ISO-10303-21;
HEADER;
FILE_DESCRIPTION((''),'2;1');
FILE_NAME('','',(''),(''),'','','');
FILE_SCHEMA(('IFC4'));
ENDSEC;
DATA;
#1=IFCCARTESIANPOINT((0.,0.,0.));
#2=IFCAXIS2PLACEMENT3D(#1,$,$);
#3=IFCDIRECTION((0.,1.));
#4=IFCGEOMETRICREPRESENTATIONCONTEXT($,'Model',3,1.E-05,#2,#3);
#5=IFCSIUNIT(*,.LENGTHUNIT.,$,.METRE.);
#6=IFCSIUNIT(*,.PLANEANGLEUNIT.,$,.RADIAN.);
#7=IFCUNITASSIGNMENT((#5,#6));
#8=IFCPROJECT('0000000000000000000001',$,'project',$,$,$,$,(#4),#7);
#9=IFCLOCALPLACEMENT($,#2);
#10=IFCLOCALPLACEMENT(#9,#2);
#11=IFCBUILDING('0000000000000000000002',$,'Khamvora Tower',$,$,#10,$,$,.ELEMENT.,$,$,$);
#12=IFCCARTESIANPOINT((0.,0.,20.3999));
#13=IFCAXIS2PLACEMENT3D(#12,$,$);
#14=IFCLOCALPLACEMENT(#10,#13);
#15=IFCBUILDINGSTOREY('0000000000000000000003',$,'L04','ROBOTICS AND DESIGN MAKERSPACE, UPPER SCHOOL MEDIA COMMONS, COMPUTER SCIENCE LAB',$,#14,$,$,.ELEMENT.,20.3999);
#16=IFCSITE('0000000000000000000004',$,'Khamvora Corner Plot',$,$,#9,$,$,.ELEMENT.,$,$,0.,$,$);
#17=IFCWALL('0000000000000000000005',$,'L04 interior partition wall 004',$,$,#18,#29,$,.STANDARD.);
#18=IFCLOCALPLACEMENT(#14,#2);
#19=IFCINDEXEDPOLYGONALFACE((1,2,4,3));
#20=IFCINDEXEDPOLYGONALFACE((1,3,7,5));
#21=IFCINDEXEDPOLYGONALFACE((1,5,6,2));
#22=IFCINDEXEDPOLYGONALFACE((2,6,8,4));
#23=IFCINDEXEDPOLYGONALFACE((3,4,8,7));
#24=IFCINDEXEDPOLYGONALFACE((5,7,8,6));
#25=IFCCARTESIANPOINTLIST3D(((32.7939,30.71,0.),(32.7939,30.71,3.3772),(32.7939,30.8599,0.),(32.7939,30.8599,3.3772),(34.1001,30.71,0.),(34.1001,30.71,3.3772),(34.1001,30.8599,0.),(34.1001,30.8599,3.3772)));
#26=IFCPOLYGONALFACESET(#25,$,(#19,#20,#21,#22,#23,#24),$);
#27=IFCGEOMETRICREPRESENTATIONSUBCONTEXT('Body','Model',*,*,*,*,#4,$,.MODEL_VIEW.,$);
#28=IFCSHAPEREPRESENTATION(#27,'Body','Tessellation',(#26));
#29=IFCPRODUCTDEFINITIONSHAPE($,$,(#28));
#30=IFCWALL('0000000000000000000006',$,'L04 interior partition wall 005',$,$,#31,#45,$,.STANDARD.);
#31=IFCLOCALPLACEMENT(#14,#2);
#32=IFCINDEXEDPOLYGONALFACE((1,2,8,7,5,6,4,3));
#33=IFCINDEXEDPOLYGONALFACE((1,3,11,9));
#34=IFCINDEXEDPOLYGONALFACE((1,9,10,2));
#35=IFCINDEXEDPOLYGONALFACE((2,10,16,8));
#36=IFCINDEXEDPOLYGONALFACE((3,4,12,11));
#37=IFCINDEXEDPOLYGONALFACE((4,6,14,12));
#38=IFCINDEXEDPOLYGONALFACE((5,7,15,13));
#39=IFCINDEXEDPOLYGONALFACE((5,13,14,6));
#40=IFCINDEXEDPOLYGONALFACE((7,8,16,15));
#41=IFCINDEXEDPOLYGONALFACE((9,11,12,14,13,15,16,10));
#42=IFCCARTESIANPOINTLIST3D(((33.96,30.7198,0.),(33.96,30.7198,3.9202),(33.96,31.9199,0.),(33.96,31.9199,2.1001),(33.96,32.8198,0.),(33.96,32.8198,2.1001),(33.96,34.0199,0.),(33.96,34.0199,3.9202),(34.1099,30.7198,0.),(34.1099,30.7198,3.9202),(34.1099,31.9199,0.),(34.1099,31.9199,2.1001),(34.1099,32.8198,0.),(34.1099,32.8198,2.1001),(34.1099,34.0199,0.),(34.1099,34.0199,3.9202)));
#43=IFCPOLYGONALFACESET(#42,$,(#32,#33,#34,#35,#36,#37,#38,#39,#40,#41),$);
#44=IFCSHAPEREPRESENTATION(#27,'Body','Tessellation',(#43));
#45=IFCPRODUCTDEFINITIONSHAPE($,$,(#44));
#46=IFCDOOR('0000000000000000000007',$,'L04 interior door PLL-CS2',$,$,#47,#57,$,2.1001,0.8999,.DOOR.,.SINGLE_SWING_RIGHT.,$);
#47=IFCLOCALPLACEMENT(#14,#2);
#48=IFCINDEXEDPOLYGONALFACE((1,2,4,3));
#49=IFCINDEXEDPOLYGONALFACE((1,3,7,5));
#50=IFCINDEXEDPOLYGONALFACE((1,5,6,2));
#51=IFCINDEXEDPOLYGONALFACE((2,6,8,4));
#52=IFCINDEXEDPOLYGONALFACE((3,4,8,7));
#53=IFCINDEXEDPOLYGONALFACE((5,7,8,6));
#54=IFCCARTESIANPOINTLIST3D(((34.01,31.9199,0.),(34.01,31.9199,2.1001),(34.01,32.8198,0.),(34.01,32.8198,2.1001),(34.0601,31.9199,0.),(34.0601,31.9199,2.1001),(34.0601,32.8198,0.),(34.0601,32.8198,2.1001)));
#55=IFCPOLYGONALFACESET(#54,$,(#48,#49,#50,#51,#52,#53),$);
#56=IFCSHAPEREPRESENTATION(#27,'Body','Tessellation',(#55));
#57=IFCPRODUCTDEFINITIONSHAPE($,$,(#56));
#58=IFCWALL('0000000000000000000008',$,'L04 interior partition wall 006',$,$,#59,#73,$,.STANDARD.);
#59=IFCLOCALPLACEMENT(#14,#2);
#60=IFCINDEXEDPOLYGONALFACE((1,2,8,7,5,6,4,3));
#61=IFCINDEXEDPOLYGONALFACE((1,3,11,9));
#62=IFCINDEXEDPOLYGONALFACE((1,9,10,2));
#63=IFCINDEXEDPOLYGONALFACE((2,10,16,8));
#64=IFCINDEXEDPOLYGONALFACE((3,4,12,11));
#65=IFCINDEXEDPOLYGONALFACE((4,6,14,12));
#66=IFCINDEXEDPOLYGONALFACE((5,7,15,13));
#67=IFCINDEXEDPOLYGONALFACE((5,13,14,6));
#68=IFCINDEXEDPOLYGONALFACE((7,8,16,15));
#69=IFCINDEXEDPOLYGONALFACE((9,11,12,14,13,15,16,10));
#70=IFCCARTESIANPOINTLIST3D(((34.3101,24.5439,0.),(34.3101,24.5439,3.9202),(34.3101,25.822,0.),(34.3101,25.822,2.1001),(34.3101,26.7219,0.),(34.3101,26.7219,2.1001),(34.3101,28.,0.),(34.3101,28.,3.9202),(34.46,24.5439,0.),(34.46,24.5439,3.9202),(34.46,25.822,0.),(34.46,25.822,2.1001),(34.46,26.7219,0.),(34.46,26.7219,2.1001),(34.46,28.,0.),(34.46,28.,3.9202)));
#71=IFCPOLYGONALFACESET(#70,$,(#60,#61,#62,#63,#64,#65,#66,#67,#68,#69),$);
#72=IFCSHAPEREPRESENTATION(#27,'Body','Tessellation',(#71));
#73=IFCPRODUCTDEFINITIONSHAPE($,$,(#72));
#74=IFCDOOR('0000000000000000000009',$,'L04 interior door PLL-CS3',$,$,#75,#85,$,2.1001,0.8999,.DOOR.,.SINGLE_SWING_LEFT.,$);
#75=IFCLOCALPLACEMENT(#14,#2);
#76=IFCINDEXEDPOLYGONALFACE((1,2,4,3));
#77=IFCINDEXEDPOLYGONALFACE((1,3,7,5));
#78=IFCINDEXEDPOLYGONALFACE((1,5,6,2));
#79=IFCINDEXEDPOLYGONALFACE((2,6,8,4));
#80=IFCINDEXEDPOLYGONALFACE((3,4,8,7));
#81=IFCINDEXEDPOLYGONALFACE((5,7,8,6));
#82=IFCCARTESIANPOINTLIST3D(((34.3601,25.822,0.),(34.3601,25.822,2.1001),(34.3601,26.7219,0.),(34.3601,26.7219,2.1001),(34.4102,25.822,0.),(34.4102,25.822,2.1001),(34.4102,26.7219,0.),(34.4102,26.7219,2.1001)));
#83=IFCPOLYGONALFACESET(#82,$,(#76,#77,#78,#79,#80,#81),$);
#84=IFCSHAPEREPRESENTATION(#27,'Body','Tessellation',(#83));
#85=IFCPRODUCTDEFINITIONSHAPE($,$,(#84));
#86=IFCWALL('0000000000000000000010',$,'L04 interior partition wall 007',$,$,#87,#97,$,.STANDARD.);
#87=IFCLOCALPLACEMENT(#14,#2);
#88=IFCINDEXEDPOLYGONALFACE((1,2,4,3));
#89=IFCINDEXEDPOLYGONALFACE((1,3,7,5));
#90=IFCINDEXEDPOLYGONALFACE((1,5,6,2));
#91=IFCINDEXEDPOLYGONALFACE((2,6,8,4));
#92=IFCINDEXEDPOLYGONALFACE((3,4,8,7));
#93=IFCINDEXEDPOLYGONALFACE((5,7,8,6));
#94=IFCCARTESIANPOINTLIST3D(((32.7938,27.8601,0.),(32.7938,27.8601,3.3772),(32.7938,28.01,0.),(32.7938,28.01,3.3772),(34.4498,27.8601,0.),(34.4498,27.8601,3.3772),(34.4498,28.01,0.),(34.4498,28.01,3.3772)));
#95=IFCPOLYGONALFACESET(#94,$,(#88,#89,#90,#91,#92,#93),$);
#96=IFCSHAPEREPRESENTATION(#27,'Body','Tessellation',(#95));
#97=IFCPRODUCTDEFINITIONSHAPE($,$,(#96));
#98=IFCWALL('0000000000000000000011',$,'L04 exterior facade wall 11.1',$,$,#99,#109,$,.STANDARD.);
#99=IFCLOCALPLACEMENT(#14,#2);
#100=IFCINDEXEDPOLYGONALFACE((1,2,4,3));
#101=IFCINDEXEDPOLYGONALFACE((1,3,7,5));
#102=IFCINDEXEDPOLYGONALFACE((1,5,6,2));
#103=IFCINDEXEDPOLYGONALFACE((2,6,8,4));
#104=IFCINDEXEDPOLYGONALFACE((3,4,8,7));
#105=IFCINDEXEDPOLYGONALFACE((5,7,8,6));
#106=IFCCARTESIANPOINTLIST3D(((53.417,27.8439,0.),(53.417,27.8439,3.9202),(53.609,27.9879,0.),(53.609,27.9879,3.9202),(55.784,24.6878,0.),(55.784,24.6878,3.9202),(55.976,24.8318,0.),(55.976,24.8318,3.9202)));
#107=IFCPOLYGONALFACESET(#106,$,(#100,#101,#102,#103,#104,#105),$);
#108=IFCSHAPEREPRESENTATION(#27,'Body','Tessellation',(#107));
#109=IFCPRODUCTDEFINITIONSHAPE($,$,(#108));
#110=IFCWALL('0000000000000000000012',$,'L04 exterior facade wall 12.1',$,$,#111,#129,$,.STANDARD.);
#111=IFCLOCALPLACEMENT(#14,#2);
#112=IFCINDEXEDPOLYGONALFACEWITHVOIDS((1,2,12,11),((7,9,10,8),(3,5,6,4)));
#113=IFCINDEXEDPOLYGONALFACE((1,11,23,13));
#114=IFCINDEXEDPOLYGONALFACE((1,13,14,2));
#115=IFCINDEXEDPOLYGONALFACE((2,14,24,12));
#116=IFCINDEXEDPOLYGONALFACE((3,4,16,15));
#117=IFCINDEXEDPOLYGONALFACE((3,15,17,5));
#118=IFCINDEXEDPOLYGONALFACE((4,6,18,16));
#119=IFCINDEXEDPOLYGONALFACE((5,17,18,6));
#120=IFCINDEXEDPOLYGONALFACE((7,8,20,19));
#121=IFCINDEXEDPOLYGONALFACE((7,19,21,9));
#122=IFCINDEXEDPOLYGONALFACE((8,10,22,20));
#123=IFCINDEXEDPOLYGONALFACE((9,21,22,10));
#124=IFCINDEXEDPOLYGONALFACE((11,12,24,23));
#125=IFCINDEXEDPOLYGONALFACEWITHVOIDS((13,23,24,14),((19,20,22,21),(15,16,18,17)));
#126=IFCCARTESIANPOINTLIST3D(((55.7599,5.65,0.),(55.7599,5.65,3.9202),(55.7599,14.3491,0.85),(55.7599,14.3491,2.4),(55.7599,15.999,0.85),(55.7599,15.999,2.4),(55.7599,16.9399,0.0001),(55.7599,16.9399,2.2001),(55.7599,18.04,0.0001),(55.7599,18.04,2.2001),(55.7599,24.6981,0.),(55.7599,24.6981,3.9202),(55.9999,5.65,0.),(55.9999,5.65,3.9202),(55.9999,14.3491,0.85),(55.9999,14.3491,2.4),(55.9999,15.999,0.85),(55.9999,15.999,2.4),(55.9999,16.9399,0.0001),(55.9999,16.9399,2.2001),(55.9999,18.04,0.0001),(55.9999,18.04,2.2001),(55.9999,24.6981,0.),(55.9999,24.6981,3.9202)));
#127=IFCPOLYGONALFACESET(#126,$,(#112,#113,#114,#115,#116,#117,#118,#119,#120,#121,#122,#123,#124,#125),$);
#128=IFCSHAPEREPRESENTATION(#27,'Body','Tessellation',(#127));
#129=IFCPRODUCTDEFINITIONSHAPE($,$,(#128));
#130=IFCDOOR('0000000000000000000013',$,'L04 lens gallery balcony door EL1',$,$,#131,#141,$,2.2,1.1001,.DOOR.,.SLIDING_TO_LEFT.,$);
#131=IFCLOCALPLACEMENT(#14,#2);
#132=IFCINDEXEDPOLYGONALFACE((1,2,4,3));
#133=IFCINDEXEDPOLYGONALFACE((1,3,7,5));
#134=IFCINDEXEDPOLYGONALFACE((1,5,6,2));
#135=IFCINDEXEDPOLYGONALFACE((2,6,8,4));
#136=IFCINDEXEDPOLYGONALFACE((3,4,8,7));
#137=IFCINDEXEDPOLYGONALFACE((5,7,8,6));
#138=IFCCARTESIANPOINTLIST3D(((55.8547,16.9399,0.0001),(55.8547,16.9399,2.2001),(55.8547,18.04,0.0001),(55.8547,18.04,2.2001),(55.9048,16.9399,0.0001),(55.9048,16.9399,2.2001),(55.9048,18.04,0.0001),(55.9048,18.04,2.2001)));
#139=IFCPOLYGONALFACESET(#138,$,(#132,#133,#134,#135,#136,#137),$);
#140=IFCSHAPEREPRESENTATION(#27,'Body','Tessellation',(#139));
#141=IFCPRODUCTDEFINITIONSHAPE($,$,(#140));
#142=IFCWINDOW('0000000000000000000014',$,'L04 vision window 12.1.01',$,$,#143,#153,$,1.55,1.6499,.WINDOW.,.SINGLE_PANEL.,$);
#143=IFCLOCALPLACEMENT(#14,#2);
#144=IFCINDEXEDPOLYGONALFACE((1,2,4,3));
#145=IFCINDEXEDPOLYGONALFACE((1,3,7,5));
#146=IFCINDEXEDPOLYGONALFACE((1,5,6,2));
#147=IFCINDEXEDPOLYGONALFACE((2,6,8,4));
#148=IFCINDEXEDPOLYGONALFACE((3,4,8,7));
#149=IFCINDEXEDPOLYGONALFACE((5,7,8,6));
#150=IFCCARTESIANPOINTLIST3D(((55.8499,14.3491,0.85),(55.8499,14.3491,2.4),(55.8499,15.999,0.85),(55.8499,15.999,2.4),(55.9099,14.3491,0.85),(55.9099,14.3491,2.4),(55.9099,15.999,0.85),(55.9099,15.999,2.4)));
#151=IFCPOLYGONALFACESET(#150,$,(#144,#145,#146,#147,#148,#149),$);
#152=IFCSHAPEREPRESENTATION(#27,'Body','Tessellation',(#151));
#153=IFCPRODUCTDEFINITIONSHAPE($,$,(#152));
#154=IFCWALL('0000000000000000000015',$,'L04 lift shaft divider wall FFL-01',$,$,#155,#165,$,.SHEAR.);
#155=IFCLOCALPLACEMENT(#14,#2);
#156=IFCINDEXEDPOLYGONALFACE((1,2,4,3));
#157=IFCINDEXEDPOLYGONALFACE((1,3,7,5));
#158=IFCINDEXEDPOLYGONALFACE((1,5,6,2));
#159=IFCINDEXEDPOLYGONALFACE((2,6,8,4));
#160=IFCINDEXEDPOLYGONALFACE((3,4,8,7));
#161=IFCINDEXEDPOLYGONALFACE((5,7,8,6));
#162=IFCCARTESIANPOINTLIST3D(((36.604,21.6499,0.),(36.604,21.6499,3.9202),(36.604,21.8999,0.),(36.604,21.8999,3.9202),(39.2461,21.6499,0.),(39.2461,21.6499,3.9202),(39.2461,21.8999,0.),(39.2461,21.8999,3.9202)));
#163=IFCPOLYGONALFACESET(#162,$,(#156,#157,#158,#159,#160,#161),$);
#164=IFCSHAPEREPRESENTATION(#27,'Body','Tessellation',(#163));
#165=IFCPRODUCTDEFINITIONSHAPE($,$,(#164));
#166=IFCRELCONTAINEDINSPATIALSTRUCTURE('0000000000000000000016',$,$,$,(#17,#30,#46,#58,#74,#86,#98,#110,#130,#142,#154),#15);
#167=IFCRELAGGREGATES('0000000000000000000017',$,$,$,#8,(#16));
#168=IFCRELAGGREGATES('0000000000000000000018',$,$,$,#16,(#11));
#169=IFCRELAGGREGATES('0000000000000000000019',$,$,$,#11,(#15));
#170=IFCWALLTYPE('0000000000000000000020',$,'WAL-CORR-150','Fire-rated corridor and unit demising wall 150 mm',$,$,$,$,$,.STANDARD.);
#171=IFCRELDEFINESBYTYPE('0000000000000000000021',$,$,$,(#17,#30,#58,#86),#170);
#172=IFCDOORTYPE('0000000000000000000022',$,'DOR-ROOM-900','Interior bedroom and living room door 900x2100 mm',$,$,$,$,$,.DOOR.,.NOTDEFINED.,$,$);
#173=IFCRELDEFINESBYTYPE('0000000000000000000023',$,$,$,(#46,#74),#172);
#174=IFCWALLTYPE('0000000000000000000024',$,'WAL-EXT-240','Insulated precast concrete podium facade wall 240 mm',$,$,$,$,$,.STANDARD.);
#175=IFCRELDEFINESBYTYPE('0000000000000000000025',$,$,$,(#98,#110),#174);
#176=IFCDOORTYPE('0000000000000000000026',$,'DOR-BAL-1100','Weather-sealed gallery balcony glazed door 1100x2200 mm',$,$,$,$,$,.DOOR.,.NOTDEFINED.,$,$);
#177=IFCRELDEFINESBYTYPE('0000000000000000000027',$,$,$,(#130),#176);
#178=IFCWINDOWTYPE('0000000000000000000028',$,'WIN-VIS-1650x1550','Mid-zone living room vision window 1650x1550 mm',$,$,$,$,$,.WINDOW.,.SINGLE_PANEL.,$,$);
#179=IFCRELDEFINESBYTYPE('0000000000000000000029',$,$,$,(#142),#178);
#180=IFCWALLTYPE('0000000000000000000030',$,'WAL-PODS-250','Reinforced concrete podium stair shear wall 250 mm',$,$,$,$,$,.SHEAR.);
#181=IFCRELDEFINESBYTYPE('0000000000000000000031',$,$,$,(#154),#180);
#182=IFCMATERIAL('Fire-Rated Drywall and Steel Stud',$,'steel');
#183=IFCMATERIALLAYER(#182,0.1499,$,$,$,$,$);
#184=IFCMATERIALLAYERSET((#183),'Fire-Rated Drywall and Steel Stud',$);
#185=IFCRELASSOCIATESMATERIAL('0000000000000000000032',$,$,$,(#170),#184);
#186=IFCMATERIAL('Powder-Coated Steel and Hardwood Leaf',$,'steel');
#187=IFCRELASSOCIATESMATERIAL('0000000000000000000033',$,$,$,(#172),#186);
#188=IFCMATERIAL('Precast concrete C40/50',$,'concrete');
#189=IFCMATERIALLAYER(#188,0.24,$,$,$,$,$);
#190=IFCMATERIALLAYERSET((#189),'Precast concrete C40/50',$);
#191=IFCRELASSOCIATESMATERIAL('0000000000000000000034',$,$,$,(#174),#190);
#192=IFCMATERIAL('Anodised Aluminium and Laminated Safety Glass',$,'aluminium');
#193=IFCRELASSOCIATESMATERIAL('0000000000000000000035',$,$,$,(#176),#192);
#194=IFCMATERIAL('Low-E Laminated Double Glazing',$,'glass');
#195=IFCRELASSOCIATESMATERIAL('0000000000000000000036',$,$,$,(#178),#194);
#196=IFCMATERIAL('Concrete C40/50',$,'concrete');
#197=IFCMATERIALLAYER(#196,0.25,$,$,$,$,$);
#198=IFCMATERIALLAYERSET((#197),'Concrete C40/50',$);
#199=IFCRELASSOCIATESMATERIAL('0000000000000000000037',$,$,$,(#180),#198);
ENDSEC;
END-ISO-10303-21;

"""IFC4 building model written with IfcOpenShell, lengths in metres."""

from ifc_helpers import new_model, si_unit, direction, frame, frame_2d, origin, place, context, subcontext, project, spatial, rectangle, extrude, material, layer, layer_set, type_object, element, fill, save


model = new_model("IFC4")

# Units and contexts
model_context = context("Model", 3, precision=1e-05, world=origin(), true_north=direction((0.0, 1.0)))
body_context = subcontext(model_context, "Body", "Model", "MODEL_VIEW")
ifc_project = project(units=[si_unit("LENGTHUNIT", "METRE"), si_unit("PLANEANGLEUNIT", "RADIAN")], contexts=[model_context])

# Site, building, storey
site_placement = place(None, origin())
site = spatial("IfcSite", under=ifc_project, at=site_placement, Name="Khamvora Corner Plot", CompositionType="ELEMENT", RefElevation=0.0)
building_placement = place(site_placement, origin())
building = spatial("IfcBuilding", under=site, at=building_placement, Name="Khamvora Tower", CompositionType="ELEMENT")
storey_placement = place(building_placement, frame((0.0, 0.0, 20.3999)))
storey = spatial("IfcBuildingStorey", under=building, at=storey_placement, Name="L04", Description="ROBOTICS AND DESIGN MAKERSPACE, UPPER SCHOOL MEDIA COMMONS, COMPUTER SCIENCE LAB", CompositionType="ELEMENT", Elevation=20.3999)

# Shared definitions
ifc_material_1 = material(Name="Powder-Coated Steel and Hardwood Leaf", Category="steel")

# Wall
ifc_material_2 = material(Name="Fire-Rated Drywall and Steel Stud", Category="steel")
ifc_layer_1 = layer(ifc_material_2, 0.1499)
ifc_layer_set_1 = layer_set([ifc_layer_1], Name="Fire-Rated Drywall and Steel Stud")
wall_type_1 = type_object("IfcWallType", Name="WAL-CORR-150", Description="Fire-rated corridor and unit demising wall 150 mm", PredefinedType="STANDARD", material=ifc_layer_set_1)
wall_1_placement = place(storey_placement, frame((32.7939, 30.7849, 0.0), z_axis=(0.0, 0.0, 1.0), x_axis=(1.0, 0.0, 0.0)))
element("IfcWall", 1, at=wall_1_placement, inside=storey, type_object=wall_type_1, Name="L04 interior partition wall 004", PredefinedType="STANDARD", context=body_context, shape_type="SweptSolid", body=[
    extrude(rectangle(XDim=1.3062, YDim=0.1499, at=frame_2d((0.6531, 0.0))), origin(), (0.0, 0.0, 1.0), 3.3772),
])

# Walls, openings, doors
wall_2_placement = place(storey_placement, frame((34.0349, 30.72, 0.0), z_axis=(0.0, 0.0, 1.0), x_axis=(0.0, 1.0, 0.0)))
wall_2 = element("IfcWall", 2, at=wall_2_placement, inside=storey, type_object=wall_type_1, Name="L04 interior partition wall 005", PredefinedType="STANDARD", context=body_context, shape_type="SweptSolid", body=[
    extrude(rectangle(XDim=3.3, YDim=0.1499, at=frame_2d((1.6499, 0.0))), origin(), (0.0, 0.0, 1.0), 3.9202),
])
opening_1_placement = place(wall_2_placement, frame((1.2, 0.0, 0.0)))
opening_1 = element("IfcOpeningElement", 3, at=opening_1_placement, cuts=wall_2, PredefinedType="OPENING", context=body_context, shape_type="SweptSolid", body=[
    extrude(rectangle(XDim=0.8999, YDim=2.1001, at=frame_2d((0.45, 1.05))), frame((0.0, 0.085, 0.0), z_axis=(0.0, -1.0, 0.0), x_axis=(1.0, 0.0, 0.0)), (0.0, 0.0, 1.0), 0.1699),
])
door_type_1 = type_object("IfcDoorType", Name="DOR-ROOM-900", Description="Interior bedroom and living room door 900x2100 mm", OperationType="NOTDEFINED", PredefinedType="DOOR", material=ifc_material_1)
door_1_placement = place(opening_1_placement, origin())
door_1 = element("IfcDoor", 4, at=door_1_placement, inside=storey, type_object=door_type_1, Name="L04 interior door PLL-CS2", OperationType="SINGLE_SWING_RIGHT", OverallHeight=2.1001, OverallWidth=0.8999, PredefinedType="DOOR", context=body_context, shape_type="SweptSolid", body=[
    extrude(rectangle(XDim=0.8999, YDim=2.1001, at=frame_2d((0.45, 1.05))), frame((0.0, 0.0249, 0.0), z_axis=(0.0, -1.0, 0.0), x_axis=(1.0, 0.0, 0.0)), (0.0, 0.0, 1.0), 0.05),
])
fill(opening_1, door_1)
wall_3_placement = place(storey_placement, frame((34.385, 24.5439, 0.0), z_axis=(0.0, 0.0, 1.0), x_axis=(0.0, 1.0, 0.0)))
wall_3 = element("IfcWall", 5, at=wall_3_placement, inside=storey, type_object=wall_type_1, Name="L04 interior partition wall 006", PredefinedType="STANDARD", context=body_context, shape_type="SweptSolid", body=[
    extrude(rectangle(XDim=3.4561, YDim=0.1499, at=frame_2d((1.728, 0.0))), origin(), (0.0, 0.0, 1.0), 3.9202),
])
opening_2_placement = place(wall_3_placement, frame((1.2781, 0.0, 0.0)))
opening_2 = element("IfcOpeningElement", 6, at=opening_2_placement, cuts=wall_3, PredefinedType="OPENING", context=body_context, shape_type="SweptSolid", body=[
    extrude(rectangle(XDim=0.8999, YDim=2.1001, at=frame_2d((0.45, 1.05))), frame((0.0, 0.085, 0.0), z_axis=(0.0, -1.0, 0.0), x_axis=(1.0, 0.0, 0.0)), (0.0, 0.0, 1.0), 0.1699),
])
door_2_placement = place(opening_2_placement, origin())
door_2 = element("IfcDoor", 7, at=door_2_placement, inside=storey, type_object=door_type_1, Name="L04 interior door PLL-CS3", OperationType="SINGLE_SWING_LEFT", OverallHeight=2.1001, OverallWidth=0.8999, PredefinedType="DOOR", context=body_context, shape_type="SweptSolid", body=[
    extrude(rectangle(XDim=0.8999, YDim=2.1001, at=frame_2d((0.45, 1.05))), frame((0.0, 0.0249, 0.0), z_axis=(0.0, -1.0, 0.0), x_axis=(1.0, 0.0, 0.0)), (0.0, 0.0, 1.0), 0.05),
])
fill(opening_2, door_2)

# Walls
wall_4_placement = place(storey_placement, frame((34.45, 27.9351, 0.0), z_axis=(0.0, 0.0, 1.0), x_axis=(-1.0, 0.0, 0.0)))
element("IfcWall", 8, at=wall_4_placement, inside=storey, type_object=wall_type_1, Name="L04 interior partition wall 007", PredefinedType="STANDARD", context=body_context, shape_type="SweptSolid", body=[
    extrude(rectangle(XDim=1.656, YDim=0.1499, at=frame_2d((0.8281, 0.0))), origin(), (0.0, 0.0, 1.0), 3.3772),
])
ifc_material_3 = material(Name="Precast concrete C40/50", Category="concrete")
ifc_layer_2 = layer(ifc_material_3, 0.24)
ifc_layer_set_2 = layer_set([ifc_layer_2], Name="Precast concrete C40/50")
wall_type_2 = type_object("IfcWallType", Name="WAL-EXT-240", Description="Insulated precast concrete podium facade wall 240 mm", PredefinedType="STANDARD", material=ifc_layer_set_2)
wall_5_placement = place(storey_placement, frame((53.5129, 27.916, 0.0), z_axis=(0.0, 0.0, 1.0), x_axis=(0.59999, -0.800007, 0.0)))
element("IfcWall", 9, at=wall_5_placement, inside=storey, type_object=wall_type_2, Name="L04 exterior facade wall 11.1", PredefinedType="STANDARD", context=body_context, shape_type="SweptSolid", body=[
    extrude(rectangle(XDim=3.9451, YDim=0.24, at=frame_2d((1.9727, 0.0))), origin(), (0.0, 0.0, 1.0), 3.9202),
])

# Wall, openings, door, window
wall_6_placement = place(storey_placement, frame((55.8799, 24.698, 0.0), z_axis=(0.0, 0.0, 1.0), x_axis=(0.0, -1.0, 0.0)))
wall_6 = element("IfcWall", 10, at=wall_6_placement, inside=storey, type_object=wall_type_2, Name="L04 exterior facade wall 12.1", PredefinedType="STANDARD", context=body_context, shape_type="SweptSolid", body=[
    extrude(rectangle(XDim=19.0481, YDim=0.24, at=frame_2d((9.5239, 0.0))), origin(), (0.0, 0.0, 1.0), 3.9202),
])
opening_3_placement = place(wall_6_placement, frame((6.658, 0.0, 0.0)))
opening_3 = element("IfcOpeningElement", 11, at=opening_3_placement, cuts=wall_6, PredefinedType="OPENING", context=body_context, shape_type="SweptSolid", body=[
    extrude(rectangle(XDim=1.1001, YDim=2.2, at=frame_2d((0.55, 1.1001))), frame((0.0, 0.1299, 0.0), z_axis=(0.0, -1.0, 0.0), x_axis=(1.0, 0.0, 0.0)), (0.0, 0.0, 1.0), 0.26),
])
opening_4_placement = place(wall_6_placement, frame((8.699, 0.0, 0.8501)))
opening_4 = element("IfcOpeningElement", 12, at=opening_4_placement, cuts=wall_6, PredefinedType="OPENING", context=body_context, shape_type="SweptSolid", body=[
    extrude(rectangle(XDim=1.6499, YDim=1.55, at=frame_2d((0.825, 0.7749))), frame((0.0, 0.1299, 0.0), z_axis=(0.0, -1.0, 0.0), x_axis=(1.0, 0.0, 0.0)), (0.0, 0.0, 1.0), 0.26),
])
ifc_material_4 = material(Name="Anodised Aluminium and Laminated Safety Glass", Category="aluminium")
door_type_2 = type_object("IfcDoorType", Name="DOR-BAL-1100", Description="Weather-sealed gallery balcony glazed door 1100x2200 mm", OperationType="NOTDEFINED", PredefinedType="DOOR", material=ifc_material_4)
door_3_placement = place(opening_3_placement, origin())
door_3 = element("IfcDoor", 13, at=door_3_placement, inside=storey, type_object=door_type_2, Name="L04 lens gallery balcony door EL1", OperationType="SLIDING_TO_LEFT", OverallHeight=2.2, OverallWidth=1.1001, PredefinedType="DOOR", context=body_context, shape_type="SweptSolid", body=[
    extrude(rectangle(XDim=1.1001, YDim=2.2, at=frame_2d((0.55, 1.1001))), frame((0.0, 0.0249, 0.0), z_axis=(0.0, -1.0, 0.0), x_axis=(1.0, 0.0, 0.0)), (0.0, 0.0, 1.0), 0.05),
])
fill(opening_3, door_3)
ifc_material_5 = material(Name="Low-E Laminated Double Glazing", Category="glass")
window_type = type_object("IfcWindowType", Name="WIN-VIS-1650x1550", Description="Mid-zone living room vision window 1650x1550 mm", PartitioningType="SINGLE_PANEL", PredefinedType="WINDOW", material=ifc_material_5)
window_placement = place(opening_4_placement, origin())
window = element("IfcWindow", 14, at=window_placement, inside=storey, type_object=window_type, Name="L04 vision window 12.1.01", OverallHeight=1.55, OverallWidth=1.6499, PartitioningType="SINGLE_PANEL", PredefinedType="WINDOW", context=body_context, shape_type="SweptSolid", body=[
    extrude(rectangle(XDim=1.6499, YDim=1.55, at=frame_2d((0.825, 0.7749))), frame((0.0, 0.03, 0.0), z_axis=(0.0, -1.0, 0.0), x_axis=(1.0, 0.0, 0.0)), (0.0, 0.0, 1.0), 0.0601),
])
fill(opening_4, window)

# Wall
ifc_material_6 = material(Name="Concrete C40/50", Category="concrete")
ifc_layer_3 = layer(ifc_material_6, 0.25)
ifc_layer_set_3 = layer_set([ifc_layer_3], Name="Concrete C40/50")
wall_type_3 = type_object("IfcWallType", Name="WAL-PODS-250", Description="Reinforced concrete podium stair shear wall 250 mm", PredefinedType="SHEAR", material=ifc_layer_set_3)
for number, where, z_axis, x_axis, name in (
    (15, (36.604, 21.7749, 0.0), (0.0, 0.0, 1.0), (1.0, 0.0, 0.0), "L04 lift shaft divider wall FFL-01"),
):
    element("IfcWall", number, at=place(storey_placement, frame(where, z_axis=z_axis, x_axis=x_axis)), inside=storey, type_object=wall_type_3, Name=name, PredefinedType="SHEAR", context=body_context, shape_type="SweptSolid", body=[
        extrude(rectangle(XDim=2.6421, YDim=0.25, at=frame_2d((1.321, 0.0))), origin(), (0.0, 0.0, 1.0), 3.9202),
    ])

save(model, "model.ifc")
